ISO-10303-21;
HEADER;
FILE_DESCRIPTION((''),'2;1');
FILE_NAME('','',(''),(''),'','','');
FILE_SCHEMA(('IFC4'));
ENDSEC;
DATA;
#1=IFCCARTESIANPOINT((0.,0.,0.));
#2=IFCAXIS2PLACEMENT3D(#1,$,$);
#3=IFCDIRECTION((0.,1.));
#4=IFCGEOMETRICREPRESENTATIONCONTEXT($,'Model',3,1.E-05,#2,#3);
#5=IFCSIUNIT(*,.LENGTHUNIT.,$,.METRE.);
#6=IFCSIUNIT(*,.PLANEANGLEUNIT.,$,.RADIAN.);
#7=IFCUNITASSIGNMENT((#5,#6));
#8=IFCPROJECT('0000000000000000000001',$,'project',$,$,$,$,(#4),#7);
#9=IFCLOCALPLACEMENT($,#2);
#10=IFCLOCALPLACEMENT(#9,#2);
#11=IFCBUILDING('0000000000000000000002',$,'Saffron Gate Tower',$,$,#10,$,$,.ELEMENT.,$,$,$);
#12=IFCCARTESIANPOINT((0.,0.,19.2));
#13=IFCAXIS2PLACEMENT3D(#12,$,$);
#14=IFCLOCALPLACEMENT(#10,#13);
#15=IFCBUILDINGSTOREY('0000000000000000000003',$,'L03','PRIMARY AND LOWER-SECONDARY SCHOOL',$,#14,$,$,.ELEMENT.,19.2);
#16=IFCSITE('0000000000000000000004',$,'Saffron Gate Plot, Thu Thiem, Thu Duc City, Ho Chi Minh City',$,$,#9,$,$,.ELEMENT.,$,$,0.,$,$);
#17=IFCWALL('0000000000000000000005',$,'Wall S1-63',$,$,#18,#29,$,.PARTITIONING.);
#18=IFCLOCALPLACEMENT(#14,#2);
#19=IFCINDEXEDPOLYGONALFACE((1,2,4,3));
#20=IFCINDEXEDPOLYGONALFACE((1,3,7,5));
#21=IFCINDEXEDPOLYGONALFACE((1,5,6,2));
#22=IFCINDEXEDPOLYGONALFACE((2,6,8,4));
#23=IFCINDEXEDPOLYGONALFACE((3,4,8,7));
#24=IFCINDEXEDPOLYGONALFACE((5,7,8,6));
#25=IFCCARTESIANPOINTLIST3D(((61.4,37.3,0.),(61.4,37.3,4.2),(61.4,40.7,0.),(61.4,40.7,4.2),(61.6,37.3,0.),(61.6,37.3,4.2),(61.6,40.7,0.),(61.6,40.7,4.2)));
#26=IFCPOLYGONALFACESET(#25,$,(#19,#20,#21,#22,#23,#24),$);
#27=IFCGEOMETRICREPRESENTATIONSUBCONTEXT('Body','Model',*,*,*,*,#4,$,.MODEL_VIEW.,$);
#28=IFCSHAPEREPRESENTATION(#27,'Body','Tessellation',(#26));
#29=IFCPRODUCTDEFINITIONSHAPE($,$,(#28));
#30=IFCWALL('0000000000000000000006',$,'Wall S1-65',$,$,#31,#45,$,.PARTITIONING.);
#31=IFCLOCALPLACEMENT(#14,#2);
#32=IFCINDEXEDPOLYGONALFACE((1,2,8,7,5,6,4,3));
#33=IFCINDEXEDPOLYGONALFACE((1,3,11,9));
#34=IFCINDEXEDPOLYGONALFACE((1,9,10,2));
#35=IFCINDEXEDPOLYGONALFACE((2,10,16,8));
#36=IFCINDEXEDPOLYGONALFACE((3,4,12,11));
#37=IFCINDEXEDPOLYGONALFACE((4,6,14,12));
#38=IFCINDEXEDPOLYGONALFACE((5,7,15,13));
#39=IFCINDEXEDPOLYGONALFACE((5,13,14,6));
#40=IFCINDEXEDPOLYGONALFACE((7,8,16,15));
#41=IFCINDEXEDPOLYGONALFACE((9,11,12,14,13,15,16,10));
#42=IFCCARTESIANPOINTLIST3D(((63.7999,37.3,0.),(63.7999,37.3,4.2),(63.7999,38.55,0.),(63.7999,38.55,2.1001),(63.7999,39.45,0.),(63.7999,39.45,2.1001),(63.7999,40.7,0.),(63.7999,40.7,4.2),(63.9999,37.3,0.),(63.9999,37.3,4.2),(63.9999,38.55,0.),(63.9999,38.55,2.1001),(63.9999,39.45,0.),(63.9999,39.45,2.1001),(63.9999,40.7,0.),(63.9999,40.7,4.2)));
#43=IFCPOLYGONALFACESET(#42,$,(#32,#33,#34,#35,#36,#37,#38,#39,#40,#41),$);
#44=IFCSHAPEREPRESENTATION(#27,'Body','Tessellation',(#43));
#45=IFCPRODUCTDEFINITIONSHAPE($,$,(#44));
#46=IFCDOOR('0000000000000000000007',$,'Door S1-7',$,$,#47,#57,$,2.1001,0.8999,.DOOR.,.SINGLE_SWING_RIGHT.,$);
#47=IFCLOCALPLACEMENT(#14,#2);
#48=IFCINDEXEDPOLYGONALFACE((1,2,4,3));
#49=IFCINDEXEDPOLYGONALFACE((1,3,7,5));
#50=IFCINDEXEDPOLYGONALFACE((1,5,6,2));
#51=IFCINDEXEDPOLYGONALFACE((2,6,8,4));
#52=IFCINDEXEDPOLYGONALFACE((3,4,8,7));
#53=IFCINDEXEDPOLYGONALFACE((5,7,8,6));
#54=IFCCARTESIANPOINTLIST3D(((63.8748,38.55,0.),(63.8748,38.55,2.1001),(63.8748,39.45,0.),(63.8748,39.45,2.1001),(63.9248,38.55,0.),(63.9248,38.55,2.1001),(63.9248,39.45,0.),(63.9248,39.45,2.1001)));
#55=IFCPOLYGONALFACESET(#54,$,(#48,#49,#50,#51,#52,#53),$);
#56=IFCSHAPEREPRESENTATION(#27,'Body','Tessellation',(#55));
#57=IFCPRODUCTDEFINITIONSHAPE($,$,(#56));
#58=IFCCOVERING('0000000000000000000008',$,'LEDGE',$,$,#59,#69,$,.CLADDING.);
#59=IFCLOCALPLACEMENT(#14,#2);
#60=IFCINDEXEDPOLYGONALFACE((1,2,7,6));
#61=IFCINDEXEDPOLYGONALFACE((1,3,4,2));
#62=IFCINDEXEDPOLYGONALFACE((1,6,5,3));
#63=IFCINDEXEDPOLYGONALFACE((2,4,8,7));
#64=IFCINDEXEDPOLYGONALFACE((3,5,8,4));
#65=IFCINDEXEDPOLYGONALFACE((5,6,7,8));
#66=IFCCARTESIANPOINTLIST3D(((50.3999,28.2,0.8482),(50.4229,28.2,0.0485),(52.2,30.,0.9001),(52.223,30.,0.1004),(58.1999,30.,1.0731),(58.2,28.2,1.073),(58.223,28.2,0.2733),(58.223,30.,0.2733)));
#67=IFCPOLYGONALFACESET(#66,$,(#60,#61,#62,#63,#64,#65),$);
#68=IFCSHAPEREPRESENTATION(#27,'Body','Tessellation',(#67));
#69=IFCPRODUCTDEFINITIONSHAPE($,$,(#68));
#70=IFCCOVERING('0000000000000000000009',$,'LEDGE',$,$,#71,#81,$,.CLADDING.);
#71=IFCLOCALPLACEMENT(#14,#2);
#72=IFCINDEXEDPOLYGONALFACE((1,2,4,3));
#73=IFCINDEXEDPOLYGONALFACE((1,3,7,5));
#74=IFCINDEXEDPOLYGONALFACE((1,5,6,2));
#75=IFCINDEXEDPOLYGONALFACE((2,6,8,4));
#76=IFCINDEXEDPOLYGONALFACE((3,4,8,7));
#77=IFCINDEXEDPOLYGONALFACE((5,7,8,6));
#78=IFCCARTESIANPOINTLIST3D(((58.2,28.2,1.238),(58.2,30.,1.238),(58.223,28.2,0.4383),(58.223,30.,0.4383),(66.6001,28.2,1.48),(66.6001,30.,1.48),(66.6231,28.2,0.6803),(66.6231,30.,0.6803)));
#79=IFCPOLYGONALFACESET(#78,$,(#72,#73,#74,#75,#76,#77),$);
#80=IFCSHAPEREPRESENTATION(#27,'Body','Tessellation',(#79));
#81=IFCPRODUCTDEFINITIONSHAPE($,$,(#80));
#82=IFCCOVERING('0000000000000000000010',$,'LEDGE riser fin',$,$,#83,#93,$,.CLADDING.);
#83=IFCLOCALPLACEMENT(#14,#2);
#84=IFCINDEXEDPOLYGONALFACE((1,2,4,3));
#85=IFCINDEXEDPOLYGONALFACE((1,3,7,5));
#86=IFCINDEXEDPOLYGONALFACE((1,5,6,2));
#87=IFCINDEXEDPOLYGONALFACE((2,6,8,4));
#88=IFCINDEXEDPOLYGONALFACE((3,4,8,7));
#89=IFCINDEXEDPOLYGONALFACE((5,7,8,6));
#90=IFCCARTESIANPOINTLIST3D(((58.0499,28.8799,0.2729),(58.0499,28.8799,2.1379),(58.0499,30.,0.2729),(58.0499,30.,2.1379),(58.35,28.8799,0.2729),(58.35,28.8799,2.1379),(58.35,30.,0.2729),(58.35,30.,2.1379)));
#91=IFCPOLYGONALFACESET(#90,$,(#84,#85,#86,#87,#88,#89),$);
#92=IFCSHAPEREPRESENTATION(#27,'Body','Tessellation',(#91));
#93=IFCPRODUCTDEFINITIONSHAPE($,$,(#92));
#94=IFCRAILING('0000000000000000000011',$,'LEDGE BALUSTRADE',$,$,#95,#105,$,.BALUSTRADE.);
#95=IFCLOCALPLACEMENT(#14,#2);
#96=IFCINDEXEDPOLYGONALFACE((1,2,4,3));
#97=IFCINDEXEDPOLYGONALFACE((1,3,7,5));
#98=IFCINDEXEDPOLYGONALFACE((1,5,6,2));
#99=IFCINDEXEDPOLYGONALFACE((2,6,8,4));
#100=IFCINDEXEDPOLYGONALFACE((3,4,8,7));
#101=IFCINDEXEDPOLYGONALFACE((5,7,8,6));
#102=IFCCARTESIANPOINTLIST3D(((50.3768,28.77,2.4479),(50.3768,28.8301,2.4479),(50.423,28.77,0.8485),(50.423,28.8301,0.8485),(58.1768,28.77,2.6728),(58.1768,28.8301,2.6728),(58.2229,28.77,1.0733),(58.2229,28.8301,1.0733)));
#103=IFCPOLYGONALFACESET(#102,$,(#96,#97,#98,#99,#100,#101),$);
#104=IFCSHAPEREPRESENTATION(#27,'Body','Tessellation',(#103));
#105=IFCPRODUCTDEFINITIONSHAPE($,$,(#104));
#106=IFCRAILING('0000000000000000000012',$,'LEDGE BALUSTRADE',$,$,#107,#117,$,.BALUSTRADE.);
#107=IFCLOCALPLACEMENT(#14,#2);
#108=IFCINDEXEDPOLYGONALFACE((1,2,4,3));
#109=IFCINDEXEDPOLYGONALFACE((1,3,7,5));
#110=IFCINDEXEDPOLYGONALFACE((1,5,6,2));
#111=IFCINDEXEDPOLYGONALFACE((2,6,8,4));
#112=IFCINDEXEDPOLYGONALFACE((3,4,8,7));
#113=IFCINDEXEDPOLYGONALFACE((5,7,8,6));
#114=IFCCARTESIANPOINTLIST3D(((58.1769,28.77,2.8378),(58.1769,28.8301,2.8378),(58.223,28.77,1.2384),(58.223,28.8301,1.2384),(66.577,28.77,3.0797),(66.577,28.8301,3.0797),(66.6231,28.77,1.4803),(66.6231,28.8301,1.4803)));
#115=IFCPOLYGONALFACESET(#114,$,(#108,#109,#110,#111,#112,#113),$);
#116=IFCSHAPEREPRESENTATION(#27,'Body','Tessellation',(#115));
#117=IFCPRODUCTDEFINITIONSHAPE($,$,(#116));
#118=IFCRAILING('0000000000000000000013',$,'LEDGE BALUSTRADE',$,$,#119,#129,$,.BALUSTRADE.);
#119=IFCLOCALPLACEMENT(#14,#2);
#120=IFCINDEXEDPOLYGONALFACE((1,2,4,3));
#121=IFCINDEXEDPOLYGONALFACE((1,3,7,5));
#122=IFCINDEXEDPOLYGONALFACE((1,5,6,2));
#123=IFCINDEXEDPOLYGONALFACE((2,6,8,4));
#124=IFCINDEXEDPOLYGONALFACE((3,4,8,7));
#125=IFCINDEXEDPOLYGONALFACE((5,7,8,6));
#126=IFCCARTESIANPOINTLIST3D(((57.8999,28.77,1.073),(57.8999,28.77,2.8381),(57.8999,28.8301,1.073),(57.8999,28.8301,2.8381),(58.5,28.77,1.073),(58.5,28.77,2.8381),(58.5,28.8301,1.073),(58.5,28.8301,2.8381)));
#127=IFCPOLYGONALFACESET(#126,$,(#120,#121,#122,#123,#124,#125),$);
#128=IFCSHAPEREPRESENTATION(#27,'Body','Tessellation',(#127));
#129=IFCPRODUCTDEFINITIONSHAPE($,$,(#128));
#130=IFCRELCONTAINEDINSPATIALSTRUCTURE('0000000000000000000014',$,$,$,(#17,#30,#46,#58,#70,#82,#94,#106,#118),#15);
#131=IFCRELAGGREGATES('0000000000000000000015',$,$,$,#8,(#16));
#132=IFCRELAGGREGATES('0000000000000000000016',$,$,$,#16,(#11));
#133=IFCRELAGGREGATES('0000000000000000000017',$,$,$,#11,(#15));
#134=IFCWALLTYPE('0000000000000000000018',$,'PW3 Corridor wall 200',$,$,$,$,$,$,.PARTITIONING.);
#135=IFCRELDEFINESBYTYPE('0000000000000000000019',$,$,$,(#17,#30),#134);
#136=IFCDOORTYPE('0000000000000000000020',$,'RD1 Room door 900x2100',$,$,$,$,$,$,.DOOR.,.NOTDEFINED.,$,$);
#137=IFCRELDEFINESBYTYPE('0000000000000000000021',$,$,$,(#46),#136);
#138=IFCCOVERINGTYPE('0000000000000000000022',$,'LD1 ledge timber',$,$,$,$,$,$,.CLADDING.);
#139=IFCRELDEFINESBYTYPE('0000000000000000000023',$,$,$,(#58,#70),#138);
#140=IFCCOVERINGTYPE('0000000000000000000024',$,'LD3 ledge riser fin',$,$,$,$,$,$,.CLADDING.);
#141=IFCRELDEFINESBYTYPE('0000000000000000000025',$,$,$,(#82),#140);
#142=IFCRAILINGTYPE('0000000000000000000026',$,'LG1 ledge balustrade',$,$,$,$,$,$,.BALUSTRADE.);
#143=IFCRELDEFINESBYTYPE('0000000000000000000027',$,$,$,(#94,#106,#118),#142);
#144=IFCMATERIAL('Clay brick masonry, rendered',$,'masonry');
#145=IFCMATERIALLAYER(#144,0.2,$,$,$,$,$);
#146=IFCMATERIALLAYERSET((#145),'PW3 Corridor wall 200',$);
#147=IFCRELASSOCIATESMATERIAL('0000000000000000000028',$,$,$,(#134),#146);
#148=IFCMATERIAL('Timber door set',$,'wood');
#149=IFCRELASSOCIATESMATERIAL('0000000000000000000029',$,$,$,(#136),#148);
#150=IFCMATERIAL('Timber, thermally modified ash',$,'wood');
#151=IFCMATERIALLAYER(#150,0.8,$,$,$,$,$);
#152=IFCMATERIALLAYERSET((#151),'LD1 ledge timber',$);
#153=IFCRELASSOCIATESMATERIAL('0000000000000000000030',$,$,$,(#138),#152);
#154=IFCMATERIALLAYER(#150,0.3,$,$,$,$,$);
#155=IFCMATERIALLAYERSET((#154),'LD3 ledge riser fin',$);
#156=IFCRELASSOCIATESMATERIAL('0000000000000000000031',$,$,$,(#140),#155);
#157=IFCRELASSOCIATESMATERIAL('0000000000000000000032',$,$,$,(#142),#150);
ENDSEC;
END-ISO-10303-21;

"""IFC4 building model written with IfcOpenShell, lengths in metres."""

from ifc_helpers import new_model, si_unit, direction, frame, frame_2d, origin, origin_2d, place, context, subcontext, project, spatial, polyline, rectangle, outline, extrude, material, layer, layer_set, type_object, element, fill, save


model = new_model("IFC4")

# Units and contexts
model_context = context("Model", 3, precision=1e-05, world=origin(), true_north=direction((0.0, 1.0)))
body_context = subcontext(model_context, "Body", "Model", "MODEL_VIEW")
ifc_project = project(units=[si_unit("LENGTHUNIT", "METRE"), si_unit("PLANEANGLEUNIT", "RADIAN")], contexts=[model_context])

# Site, building, storey
site_placement = place(None, origin())
site = spatial("IfcSite", under=ifc_project, at=site_placement, Name="Saffron Gate Plot, Thu Thiem, Thu Duc City, Ho Chi Minh City", CompositionType="ELEMENT", RefElevation=0.0)
building_placement = place(site_placement, origin())
building = spatial("IfcBuilding", under=site, at=building_placement, Name="Saffron Gate Tower", CompositionType="ELEMENT")
storey_placement = place(building_placement, frame((0.0, 0.0, 19.2)))
storey = spatial("IfcBuildingStorey", under=building, at=storey_placement, Name="L03", Description="PRIMARY AND LOWER-SECONDARY SCHOOL", CompositionType="ELEMENT", Elevation=19.2)

# Shared definitions
ifc_material_1 = material(Name="Clay brick masonry, rendered", Category="masonry")
ifc_layer_1 = layer(ifc_material_1, 0.2)
ifc_layer_set_1 = layer_set([ifc_layer_1], Name="PW3 Corridor wall 200")
wall_type = type_object("IfcWallType", Name="PW3 Corridor wall 200", PredefinedType="PARTITIONING", material=ifc_layer_set_1)
ifc_material_2 = material(Name="Timber door set", Category="wood")
door_type_1 = type_object("IfcDoorType", Name="RD1 Room door 900x2100", OperationType="NOTDEFINED", PredefinedType="DOOR", material=ifc_material_2)

# Wall
wall_1_placement = place(storey_placement, frame((61.5, 40.7, 0.0), z_axis=(0.0, 0.0, 1.0), x_axis=(0.0, -1.0, 0.0)))
element("IfcWall", 1, at=wall_1_placement, inside=storey, type_object=wall_type, Name="Wall S1-63", PredefinedType="PARTITIONING", context=body_context, shape_type="SweptSolid", body=[
    extrude(rectangle(XDim=3.3999, YDim=0.2, at=frame_2d((1.7, 0.0))), origin(), (0.0, 0.0, 1.0), 4.2),
])

# Wall, opening, door
wall_2_placement = place(storey_placement, frame((63.8999, 40.7, 0.0), z_axis=(0.0, 0.0, 1.0), x_axis=(0.0, -1.0, 0.0)))
wall_2 = element("IfcWall", 2, at=wall_2_placement, inside=storey, type_object=wall_type, Name="Wall S1-65", PredefinedType="PARTITIONING", context=body_context, shape_type="SweptSolid", body=[
    extrude(rectangle(XDim=3.3999, YDim=0.2, at=frame_2d((1.7, 0.0))), origin(), (0.0, 0.0, 1.0), 4.2),
])
opening_1_placement = place(wall_2_placement, frame((1.25, 0.0, 0.0)))
opening_1 = element("IfcOpeningElement", 3, at=opening_1_placement, cuts=wall_2, PredefinedType="OPENING", context=body_context, shape_type="SweptSolid", body=[
    extrude(rectangle(XDim=0.8999, YDim=2.1001, at=frame_2d((0.45, 1.05))), frame((0.0, 0.1099, 0.0), z_axis=(0.0, -1.0, 0.0), x_axis=(1.0, 0.0, 0.0)), (0.0, 0.0, 1.0), 0.22),
])
door_1_placement = place(opening_1_placement, origin())
door_1 = element("IfcDoor", 4, at=door_1_placement, inside=storey, type_object=door_type_1, Name="Door S1-7", OperationType="SINGLE_SWING_RIGHT", OverallHeight=2.1001, OverallWidth=0.8999, PredefinedType="DOOR", context=body_context, shape_type="SweptSolid", body=[
    extrude(rectangle(XDim=0.8999, YDim=2.1001, at=frame_2d((0.45, 1.05))), frame((0.0, 0.0249, 0.0), z_axis=(0.0, -1.0, 0.0), x_axis=(1.0, 0.0, 0.0)), (0.0, 0.0, 1.0), 0.05),
])
fill(opening_1, door_1)

# Coverings
ifc_material_3 = material(Name="Timber, thermally modified ash", Category="wood")
ifc_layer_2 = layer(ifc_material_3, 0.8)
ifc_layer_set_2 = layer_set([ifc_layer_2], Name="LD1 ledge timber")
covering_type_1 = type_object("IfcCoveringType", Name="LD1 ledge timber", PredefinedType="CLADDING", material=ifc_layer_set_2)
covering_1_placement = place(storey_placement, frame((52.2, 30.0, 0.9001), z_axis=(-0.028807, -0.000035, 0.999585), x_axis=(0.999585, 0.0, 0.028807)))
element("IfcCovering", 5, at=covering_1_placement, inside=storey, type_object=covering_type_1, Name="LEDGE", PredefinedType="CLADDING", context=body_context, shape_type="SweptSolid", body=[
    extrude(outline(polyline([(0.0, 0.0), (6.0025, 0.0), (6.0025, -1.8), (-1.8008, -1.8), (0.0, 0.0)])), origin(), (0.0, 0.0, -1.0), 0.8),
])
covering_2_placement = place(storey_placement, frame((58.2, 30.0, 1.238), z_axis=(-0.02879, 0.0, 0.999585), x_axis=(0.999585, 0.0, 0.02879)))
element("IfcCovering", 6, at=covering_2_placement, inside=storey, type_object=covering_type_1, Name="LEDGE", PredefinedType="CLADDING", context=body_context, shape_type="SweptSolid", body=[
    extrude(outline(polyline([(0.0, 0.0), (8.4036, 0.0), (8.4036, -1.8), (0.0, -1.8), (0.0, 0.0)])), origin(), (0.0, 0.0, -1.0), 0.8),
])
ifc_layer_3 = layer(ifc_material_3, 0.3)
ifc_layer_set_3 = layer_set([ifc_layer_3], Name="LD3 ledge riser fin")
covering_type_2 = type_object("IfcCoveringType", Name="LD3 ledge riser fin", PredefinedType="CLADDING", material=ifc_layer_set_3)
covering_3_placement = place(storey_placement, frame((58.2, 29.4399, 0.2729), z_axis=(0.0, 0.0, 1.0), x_axis=(1.0, 0.0, 0.0)))
element("IfcCovering", 7, at=covering_3_placement, inside=storey, type_object=covering_type_2, Name="LEDGE riser fin", PredefinedType="CLADDING", context=body_context, shape_type="SweptSolid", body=[
    extrude(rectangle(XDim=0.3, YDim=1.1201, at=origin_2d()), origin(), (0.0, 0.0, 1.0), 1.865),
])

# Railings
railing_type = type_object("IfcRailingType", Name="LG1 ledge balustrade", PredefinedType="BALUSTRADE", material=ifc_material_3)
railing_1_placement = place(storey_placement, frame((50.3999, 28.8, 0.8481)))
element("IfcRailing", 8, at=railing_1_placement, inside=storey, type_object=railing_type, Name="LEDGE BALUSTRADE", PredefinedType="BALUSTRADE", context=body_context, shape_type="SweptSolid", body=[
    extrude(rectangle(XDim=0.0601, YDim=1.6001, at=origin_2d()), frame((0.0, 0.0, 0.8), z_axis=(0.999585, 0.0, 0.028815), x_axis=(0.0, 1.0, 0.0)), (0.0, 0.0, 1.0), 7.8032),
])
railing_2_placement = place(storey_placement, frame((58.2, 28.8, 1.238)))
element("IfcRailing", 9, at=railing_2_placement, inside=storey, type_object=railing_type, Name="LEDGE BALUSTRADE", PredefinedType="BALUSTRADE", context=body_context, shape_type="SweptSolid", body=[
    extrude(rectangle(XDim=0.0601, YDim=1.6001, at=origin_2d()), frame((0.0, 0.0, 0.8), z_axis=(0.999585, 0.0, 0.02879), x_axis=(0.0, 1.0, 0.0)), (0.0, 0.0, 1.0), 8.4036),
])
railing_3_placement = place(storey_placement, frame((57.8999, 28.8, 1.073)))
element("IfcRailing", 10, at=railing_3_placement, inside=storey, type_object=railing_type, Name="LEDGE BALUSTRADE", PredefinedType="BALUSTRADE", context=body_context, shape_type="SweptSolid", body=[
    extrude(rectangle(XDim=0.0601, YDim=1.7651, at=origin_2d()), frame((0.0, 0.0, 0.8826), z_axis=(1.0, 0.0, 0.0), x_axis=(0.0, 1.0, 0.0)), (0.0, 0.0, 1.0), 0.6001),
])

save(model, "model.ifc")
